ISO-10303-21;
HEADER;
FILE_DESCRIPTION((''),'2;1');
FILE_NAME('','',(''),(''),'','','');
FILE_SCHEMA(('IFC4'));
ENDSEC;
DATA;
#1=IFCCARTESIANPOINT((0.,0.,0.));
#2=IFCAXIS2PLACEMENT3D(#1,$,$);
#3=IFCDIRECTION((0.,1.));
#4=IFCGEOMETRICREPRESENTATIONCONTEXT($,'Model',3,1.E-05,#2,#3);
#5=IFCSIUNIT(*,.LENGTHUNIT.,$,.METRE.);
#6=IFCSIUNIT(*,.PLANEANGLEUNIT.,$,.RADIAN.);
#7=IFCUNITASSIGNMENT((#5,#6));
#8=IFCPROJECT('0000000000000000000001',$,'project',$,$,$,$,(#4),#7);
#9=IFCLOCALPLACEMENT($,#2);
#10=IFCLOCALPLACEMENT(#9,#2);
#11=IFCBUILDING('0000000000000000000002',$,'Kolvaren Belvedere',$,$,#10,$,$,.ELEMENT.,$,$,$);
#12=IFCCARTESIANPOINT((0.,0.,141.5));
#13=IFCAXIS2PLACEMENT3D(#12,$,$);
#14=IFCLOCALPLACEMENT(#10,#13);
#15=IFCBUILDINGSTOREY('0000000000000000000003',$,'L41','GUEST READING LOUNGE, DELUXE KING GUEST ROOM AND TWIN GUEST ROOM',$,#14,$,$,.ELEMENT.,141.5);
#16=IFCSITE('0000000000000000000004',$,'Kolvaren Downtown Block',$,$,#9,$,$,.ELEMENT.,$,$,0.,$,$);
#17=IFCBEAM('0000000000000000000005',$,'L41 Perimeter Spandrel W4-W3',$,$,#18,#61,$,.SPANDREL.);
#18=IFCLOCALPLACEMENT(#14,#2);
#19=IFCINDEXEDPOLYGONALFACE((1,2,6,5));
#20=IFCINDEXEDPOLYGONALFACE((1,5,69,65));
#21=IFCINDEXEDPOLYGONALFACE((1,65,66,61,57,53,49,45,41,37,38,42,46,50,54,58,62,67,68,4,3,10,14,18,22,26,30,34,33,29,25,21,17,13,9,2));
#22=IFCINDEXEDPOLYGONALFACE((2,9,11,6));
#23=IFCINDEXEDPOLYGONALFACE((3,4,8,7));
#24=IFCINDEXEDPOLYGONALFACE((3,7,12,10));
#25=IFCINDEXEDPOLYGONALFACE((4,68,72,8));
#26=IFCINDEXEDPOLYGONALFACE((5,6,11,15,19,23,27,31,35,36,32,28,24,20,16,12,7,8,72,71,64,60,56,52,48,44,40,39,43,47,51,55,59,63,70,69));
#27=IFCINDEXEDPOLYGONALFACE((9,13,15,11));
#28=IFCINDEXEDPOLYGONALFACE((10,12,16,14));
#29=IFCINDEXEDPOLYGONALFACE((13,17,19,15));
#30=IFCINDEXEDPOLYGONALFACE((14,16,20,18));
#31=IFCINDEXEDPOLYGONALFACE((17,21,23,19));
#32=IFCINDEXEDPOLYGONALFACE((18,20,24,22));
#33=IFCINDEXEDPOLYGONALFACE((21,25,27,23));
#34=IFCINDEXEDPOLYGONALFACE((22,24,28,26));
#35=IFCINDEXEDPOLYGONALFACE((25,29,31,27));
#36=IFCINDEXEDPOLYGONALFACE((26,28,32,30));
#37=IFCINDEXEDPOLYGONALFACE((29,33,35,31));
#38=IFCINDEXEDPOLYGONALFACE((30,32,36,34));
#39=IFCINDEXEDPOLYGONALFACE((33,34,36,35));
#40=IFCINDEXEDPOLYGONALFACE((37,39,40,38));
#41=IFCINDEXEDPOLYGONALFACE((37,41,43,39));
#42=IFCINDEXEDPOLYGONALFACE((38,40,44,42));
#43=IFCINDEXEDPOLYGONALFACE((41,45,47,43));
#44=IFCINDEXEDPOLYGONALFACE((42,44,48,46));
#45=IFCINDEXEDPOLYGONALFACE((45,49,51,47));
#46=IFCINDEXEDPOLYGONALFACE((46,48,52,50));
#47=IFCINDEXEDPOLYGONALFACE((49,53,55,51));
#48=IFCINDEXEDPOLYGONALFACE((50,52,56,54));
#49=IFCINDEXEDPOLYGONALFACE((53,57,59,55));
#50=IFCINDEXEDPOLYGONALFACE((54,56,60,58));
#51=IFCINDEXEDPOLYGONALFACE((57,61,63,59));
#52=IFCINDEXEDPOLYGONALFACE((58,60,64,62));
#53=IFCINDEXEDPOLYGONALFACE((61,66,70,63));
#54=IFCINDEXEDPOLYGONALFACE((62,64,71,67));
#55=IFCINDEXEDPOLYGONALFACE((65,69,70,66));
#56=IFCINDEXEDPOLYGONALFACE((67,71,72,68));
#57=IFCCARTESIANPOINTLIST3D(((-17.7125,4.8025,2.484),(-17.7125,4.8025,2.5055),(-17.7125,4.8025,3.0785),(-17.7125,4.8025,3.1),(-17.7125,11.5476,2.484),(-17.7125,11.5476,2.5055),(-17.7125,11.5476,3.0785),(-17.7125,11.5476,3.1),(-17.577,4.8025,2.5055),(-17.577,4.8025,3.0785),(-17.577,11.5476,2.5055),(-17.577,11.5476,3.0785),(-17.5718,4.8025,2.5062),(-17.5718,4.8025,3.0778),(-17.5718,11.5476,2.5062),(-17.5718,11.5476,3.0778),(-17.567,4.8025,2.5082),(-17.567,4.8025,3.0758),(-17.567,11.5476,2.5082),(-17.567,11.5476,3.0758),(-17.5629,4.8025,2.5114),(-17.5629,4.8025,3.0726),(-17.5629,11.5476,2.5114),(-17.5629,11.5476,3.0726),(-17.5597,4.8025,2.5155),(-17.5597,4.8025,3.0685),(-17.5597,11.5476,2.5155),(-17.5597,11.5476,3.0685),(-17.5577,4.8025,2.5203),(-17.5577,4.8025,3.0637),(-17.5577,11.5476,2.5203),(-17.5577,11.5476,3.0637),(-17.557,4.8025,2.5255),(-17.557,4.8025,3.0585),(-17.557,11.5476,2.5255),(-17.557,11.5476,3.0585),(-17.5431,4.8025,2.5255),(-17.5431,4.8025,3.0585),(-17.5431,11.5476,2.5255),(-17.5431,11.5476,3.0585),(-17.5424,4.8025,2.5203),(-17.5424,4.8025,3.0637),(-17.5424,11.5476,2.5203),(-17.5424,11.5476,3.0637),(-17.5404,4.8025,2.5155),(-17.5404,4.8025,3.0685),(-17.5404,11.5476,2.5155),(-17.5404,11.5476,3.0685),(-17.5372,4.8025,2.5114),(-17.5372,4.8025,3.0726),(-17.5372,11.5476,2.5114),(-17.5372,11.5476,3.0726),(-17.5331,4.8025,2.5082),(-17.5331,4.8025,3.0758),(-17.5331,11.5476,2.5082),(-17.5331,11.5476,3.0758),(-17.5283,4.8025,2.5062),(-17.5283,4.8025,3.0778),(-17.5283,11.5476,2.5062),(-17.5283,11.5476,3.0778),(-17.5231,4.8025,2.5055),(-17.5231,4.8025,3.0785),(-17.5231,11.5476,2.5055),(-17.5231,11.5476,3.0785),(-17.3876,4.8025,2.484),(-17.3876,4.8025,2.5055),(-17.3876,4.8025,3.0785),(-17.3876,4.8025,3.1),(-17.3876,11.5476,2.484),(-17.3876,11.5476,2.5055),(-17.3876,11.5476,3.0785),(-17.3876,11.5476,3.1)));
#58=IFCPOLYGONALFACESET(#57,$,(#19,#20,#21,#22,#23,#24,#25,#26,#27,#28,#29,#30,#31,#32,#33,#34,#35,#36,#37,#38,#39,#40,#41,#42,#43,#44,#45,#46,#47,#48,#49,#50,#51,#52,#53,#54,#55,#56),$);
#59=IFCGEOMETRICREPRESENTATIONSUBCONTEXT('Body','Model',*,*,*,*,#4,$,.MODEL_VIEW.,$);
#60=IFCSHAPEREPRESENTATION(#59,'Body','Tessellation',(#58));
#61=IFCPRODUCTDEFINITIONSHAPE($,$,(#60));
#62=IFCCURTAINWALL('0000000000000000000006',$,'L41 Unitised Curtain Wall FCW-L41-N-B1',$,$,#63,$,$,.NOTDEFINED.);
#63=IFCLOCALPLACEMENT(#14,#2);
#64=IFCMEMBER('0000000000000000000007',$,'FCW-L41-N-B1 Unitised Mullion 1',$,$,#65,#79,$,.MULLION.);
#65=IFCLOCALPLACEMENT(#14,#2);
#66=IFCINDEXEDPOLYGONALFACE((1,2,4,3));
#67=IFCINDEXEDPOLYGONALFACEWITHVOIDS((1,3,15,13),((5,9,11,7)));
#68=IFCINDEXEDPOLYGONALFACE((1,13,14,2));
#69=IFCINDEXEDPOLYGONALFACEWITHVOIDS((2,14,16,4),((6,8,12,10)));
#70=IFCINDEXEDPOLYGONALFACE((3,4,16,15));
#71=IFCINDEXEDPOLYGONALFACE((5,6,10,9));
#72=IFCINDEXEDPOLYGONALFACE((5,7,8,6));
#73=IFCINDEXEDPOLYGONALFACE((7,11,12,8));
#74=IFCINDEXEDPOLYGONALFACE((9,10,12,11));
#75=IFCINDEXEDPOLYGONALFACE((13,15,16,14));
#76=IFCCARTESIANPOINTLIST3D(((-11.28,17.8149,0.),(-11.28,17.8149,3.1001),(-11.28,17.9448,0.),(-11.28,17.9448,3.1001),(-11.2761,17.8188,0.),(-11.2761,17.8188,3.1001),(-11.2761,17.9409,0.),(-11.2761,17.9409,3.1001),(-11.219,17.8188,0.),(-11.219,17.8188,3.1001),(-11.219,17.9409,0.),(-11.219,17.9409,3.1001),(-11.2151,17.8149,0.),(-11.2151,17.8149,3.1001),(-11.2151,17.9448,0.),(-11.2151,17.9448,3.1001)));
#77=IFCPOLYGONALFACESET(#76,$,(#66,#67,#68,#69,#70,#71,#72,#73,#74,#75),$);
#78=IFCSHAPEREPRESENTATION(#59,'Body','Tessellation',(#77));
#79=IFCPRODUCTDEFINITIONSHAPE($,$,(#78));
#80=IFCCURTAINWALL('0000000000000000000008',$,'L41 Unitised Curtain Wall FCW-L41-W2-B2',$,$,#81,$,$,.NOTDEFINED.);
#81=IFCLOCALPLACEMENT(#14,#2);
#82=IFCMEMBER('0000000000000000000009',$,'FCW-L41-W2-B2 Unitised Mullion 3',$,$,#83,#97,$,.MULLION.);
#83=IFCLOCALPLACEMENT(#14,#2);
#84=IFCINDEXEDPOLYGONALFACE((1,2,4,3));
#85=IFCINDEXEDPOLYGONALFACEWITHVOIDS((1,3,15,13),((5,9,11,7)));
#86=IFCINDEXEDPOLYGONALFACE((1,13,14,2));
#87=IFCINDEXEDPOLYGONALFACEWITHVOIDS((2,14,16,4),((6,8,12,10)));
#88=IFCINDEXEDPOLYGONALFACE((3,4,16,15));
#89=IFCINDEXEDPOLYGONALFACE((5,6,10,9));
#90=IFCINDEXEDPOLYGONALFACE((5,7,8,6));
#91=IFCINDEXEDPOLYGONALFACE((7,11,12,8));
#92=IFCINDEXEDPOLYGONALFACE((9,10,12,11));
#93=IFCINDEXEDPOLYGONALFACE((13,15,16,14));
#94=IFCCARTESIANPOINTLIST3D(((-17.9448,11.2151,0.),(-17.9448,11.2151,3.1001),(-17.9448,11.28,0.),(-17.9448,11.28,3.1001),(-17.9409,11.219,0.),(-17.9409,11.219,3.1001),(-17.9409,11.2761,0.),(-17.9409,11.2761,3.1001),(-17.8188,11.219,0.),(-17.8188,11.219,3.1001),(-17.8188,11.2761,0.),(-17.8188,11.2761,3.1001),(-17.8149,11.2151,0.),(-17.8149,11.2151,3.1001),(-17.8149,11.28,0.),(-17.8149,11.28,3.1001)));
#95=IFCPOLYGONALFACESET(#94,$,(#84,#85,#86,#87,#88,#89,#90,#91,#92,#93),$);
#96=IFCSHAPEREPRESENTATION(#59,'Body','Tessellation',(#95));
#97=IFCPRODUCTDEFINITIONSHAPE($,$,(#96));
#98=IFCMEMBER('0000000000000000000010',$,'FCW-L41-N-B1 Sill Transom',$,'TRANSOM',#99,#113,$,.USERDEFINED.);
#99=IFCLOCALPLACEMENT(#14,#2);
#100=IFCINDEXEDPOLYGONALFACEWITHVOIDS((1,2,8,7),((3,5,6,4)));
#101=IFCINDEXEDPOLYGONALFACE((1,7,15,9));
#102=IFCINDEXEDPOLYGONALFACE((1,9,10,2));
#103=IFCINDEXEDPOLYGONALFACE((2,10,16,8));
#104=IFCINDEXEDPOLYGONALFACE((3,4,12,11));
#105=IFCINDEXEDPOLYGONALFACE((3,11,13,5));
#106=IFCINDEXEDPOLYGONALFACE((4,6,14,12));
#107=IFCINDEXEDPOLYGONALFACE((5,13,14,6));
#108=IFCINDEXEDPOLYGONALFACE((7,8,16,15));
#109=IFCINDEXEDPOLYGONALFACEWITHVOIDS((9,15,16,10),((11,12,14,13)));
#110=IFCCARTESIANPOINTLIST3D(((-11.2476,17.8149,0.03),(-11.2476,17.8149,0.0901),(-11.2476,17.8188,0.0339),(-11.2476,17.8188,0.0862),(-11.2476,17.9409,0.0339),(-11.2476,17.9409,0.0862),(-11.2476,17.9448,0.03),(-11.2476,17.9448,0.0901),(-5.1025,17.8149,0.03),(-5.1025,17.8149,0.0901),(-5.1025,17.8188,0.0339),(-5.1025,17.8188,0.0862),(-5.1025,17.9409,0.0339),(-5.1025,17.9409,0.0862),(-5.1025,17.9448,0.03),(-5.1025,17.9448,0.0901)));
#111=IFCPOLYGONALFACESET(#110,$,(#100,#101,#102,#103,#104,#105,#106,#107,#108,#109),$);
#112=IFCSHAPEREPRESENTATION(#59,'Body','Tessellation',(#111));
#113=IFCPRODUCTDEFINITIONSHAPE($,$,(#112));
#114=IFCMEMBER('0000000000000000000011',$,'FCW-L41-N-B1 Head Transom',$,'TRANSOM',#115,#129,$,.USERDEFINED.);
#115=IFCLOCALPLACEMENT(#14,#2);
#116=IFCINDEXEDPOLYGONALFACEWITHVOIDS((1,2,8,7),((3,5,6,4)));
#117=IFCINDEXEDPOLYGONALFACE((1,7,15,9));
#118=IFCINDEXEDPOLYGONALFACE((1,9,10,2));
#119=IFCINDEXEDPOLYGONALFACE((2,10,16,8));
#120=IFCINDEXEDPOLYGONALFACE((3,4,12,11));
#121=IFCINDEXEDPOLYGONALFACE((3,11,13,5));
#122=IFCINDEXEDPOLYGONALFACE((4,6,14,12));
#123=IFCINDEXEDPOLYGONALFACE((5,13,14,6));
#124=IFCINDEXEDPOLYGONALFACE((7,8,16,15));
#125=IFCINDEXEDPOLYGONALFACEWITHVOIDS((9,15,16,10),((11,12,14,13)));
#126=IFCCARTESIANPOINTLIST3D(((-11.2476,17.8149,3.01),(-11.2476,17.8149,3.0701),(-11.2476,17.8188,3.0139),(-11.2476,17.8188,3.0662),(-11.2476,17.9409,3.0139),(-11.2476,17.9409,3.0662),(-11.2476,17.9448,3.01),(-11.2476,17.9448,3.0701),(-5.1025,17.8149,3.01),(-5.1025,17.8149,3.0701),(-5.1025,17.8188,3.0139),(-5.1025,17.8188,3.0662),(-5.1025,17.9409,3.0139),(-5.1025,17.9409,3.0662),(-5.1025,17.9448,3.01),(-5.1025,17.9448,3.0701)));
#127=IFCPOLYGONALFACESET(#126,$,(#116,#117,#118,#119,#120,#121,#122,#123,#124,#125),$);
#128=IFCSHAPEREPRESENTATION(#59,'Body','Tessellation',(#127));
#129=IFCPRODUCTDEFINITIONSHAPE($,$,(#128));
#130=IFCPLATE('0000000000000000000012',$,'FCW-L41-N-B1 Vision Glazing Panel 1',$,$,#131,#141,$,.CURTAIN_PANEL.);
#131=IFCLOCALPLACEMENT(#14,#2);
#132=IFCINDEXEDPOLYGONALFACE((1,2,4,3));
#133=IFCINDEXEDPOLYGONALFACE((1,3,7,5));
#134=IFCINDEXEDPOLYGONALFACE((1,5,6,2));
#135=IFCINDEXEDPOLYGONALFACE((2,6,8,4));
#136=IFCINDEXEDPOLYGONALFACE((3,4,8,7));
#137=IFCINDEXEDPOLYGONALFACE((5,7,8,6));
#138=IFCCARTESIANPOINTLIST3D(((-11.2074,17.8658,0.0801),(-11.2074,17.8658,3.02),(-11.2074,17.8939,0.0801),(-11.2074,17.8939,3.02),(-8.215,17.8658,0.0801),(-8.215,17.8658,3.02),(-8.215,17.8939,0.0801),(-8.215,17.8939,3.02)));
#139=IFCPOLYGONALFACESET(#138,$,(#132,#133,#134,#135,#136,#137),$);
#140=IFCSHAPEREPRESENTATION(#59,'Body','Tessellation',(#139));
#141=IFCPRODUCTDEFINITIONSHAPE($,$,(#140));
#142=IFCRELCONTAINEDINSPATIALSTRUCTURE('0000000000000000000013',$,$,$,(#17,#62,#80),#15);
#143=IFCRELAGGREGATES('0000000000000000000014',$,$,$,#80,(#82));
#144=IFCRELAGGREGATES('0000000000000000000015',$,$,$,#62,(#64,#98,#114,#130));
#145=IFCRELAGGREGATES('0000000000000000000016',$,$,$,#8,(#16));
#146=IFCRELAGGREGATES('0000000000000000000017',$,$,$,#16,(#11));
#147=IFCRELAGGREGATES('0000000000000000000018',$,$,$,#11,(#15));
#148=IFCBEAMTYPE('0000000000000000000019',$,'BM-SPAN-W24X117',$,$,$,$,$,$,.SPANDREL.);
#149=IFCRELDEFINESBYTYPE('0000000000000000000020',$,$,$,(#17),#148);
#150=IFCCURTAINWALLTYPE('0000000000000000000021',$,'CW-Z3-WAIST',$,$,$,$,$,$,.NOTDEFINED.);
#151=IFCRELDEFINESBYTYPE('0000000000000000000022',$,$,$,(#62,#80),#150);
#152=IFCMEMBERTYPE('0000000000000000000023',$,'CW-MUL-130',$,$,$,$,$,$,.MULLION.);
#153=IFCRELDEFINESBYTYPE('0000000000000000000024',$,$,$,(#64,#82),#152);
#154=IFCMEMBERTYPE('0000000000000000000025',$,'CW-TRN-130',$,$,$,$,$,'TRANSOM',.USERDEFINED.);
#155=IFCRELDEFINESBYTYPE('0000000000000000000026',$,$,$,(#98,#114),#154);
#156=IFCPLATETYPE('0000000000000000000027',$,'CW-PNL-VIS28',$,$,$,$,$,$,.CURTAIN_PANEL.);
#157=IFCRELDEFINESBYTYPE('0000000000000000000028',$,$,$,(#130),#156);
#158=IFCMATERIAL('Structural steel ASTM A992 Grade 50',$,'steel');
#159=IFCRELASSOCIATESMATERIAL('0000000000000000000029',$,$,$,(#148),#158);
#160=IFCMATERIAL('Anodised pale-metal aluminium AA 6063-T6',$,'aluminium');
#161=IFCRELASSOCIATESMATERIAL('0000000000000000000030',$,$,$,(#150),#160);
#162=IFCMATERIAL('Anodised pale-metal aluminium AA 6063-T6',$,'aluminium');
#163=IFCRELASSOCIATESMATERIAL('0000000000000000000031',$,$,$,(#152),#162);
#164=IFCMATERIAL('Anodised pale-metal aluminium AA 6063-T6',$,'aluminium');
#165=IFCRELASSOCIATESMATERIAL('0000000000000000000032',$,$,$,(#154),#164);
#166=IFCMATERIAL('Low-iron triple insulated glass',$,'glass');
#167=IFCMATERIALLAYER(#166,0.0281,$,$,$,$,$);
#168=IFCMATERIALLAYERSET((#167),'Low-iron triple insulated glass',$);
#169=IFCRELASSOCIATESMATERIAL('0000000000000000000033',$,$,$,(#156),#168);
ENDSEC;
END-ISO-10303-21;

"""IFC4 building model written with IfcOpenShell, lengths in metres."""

from ifc_helpers import new_model, si_unit, direction, frame, origin, origin_2d, place, context, subcontext, project, spatial, rectangle, hollow_rectangle, i_section, extrude, material, layer, layer_set, material_profile, profile_set, type_object, element, aggregate, save


model = new_model("IFC4")

# Units and contexts
model_context = context("Model", 3, precision=1e-05, world=origin(), true_north=direction((0.0, 1.0)))
body_context = subcontext(model_context, "Body", "Model", "MODEL_VIEW")
ifc_project = project(units=[si_unit("LENGTHUNIT", "METRE"), si_unit("PLANEANGLEUNIT", "RADIAN")], contexts=[model_context])

# Site, building, storey
site_placement = place(None, origin())
site = spatial("IfcSite", under=ifc_project, at=site_placement, Name="Kolvaren Downtown Block", CompositionType="ELEMENT", RefElevation=0.0)
building_placement = place(site_placement, origin())
building = spatial("IfcBuilding", under=site, at=building_placement, Name="Kolvaren Belvedere", CompositionType="ELEMENT")
storey_placement = place(building_placement, frame((0.0, 0.0, 141.5)))
storey = spatial("IfcBuildingStorey", under=building, at=storey_placement, Name="L41", Description="GUEST READING LOUNGE, DELUXE KING GUEST ROOM AND TWIN GUEST ROOM", CompositionType="ELEMENT", Elevation=141.5)

# Beam
ifc_material_1 = material(Name="Structural steel ASTM A992 Grade 50", Category="steel")
ifc_material_profile_1 = material_profile(ifc_material_1, i_section(OverallWidth=0.325, OverallDepth=0.616, WebThickness=0.0139, FlangeThickness=0.0215, FilletRadius=0.02, at=origin_2d()), Name="W24X117")
ifc_profile_set_1 = profile_set([ifc_material_profile_1], Name="Structural steel ASTM A992 Grade 50")
beam_type_1 = type_object("IfcBeamType", Name="BM-SPAN-W24X117", PredefinedType="SPANDREL", material=ifc_profile_set_1)
beam_1_placement = place(storey_placement, frame((-17.55, 11.5476, 2.792), z_axis=(0.0, -1.0, 0.0), x_axis=(1.0, 0.0, 0.0)))
element("IfcBeam", 1, at=beam_1_placement, inside=storey, type_object=beam_type_1, Name="L41 Perimeter Spandrel W4-W3", PredefinedType="SPANDREL", context=body_context, shape_type="SweptSolid", body=[
    extrude(i_section(OverallWidth=0.325, OverallDepth=0.616, WebThickness=0.0139, FlangeThickness=0.0215, FilletRadius=0.02, at=origin_2d()), origin(), (0.0, 0.0, 1.0), 6.7451),
])

# Curtain walls, members
ifc_material_2 = material(Name="Anodised pale-metal aluminium AA 6063-T6", Category="aluminium")
curtain_wall_type = type_object("IfcCurtainWallType", Name="CW-Z3-WAIST", PredefinedType="NOTDEFINED", material=ifc_material_2)
curtain_wall_1_placement = place(storey_placement, origin())
curtain_wall_1 = element("IfcCurtainWall", 2, at=curtain_wall_1_placement, inside=storey, type_object=curtain_wall_type, Name="L41 Unitised Curtain Wall FCW-L41-N-B1", PredefinedType="NOTDEFINED")
ifc_material_3 = material(Name="Anodised pale-metal aluminium AA 6063-T6", Category="aluminium")
ifc_material_profile_2 = material_profile(ifc_material_3, hollow_rectangle(XDim=0.0649, YDim=0.1299, WallThickness=0.0039, at=origin_2d()), Name="ALU-MUL-130X65")
ifc_profile_set_2 = profile_set([ifc_material_profile_2], Name="Anodised pale-metal aluminium AA 6063-T6")
member_type_1 = type_object("IfcMemberType", Name="CW-MUL-130", PredefinedType="MULLION", material=ifc_profile_set_2)
member_1_placement = place(storey_placement, frame((-11.2476, 17.8799, 0.0), z_axis=(0.0, 0.0, 1.0), x_axis=(1.0, 0.0, 0.0)))
member_1 = element("IfcMember", 3, at=member_1_placement, type_object=member_type_1, Name="FCW-L41-N-B1 Unitised Mullion 1", PredefinedType="MULLION", context=body_context, shape_type="SweptSolid", body=[
    extrude(hollow_rectangle(XDim=0.0649, YDim=0.1299, WallThickness=0.0039, at=origin_2d()), origin(), (0.0, 0.0, 1.0), 3.1001),
])
curtain_wall_2_placement = place(storey_placement, origin())
curtain_wall_2 = element("IfcCurtainWall", 4, at=curtain_wall_2_placement, inside=storey, type_object=curtain_wall_type, Name="L41 Unitised Curtain Wall FCW-L41-W2-B2", PredefinedType="NOTDEFINED")
member_2_placement = place(storey_placement, frame((-17.8799, 11.2476, 0.0), z_axis=(0.0, 0.0, 1.0), x_axis=(0.0, 1.0, 0.0)))
member_2 = element("IfcMember", 5, at=member_2_placement, type_object=member_type_1, Name="FCW-L41-W2-B2 Unitised Mullion 3", PredefinedType="MULLION", context=body_context, shape_type="SweptSolid", body=[
    extrude(hollow_rectangle(XDim=0.0649, YDim=0.1299, WallThickness=0.0039, at=origin_2d()), origin(), (0.0, 0.0, 1.0), 3.1001),
])
aggregate(curtain_wall_2, [member_2])

# Members
ifc_material_4 = material(Name="Anodised pale-metal aluminium AA 6063-T6", Category="aluminium")
ifc_material_profile_3 = material_profile(ifc_material_4, hollow_rectangle(XDim=0.0601, YDim=0.1299, WallThickness=0.0039, at=origin_2d()), Name="ALU-TRN-130X60")
ifc_profile_set_3 = profile_set([ifc_material_profile_3], Name="Anodised pale-metal aluminium AA 6063-T6")
member_type_2 = type_object("IfcMemberType", Name="CW-TRN-130", ElementType="TRANSOM", PredefinedType="USERDEFINED", material=ifc_profile_set_3)
member_3_placement = place(storey_placement, frame((-11.2476, 17.8799, 0.0601), z_axis=(1.0, 0.0, 0.0), x_axis=(0.0, 0.0, 1.0)))
member_3 = element("IfcMember", 6, at=member_3_placement, type_object=member_type_2, Name="FCW-L41-N-B1 Sill Transom", ObjectType="TRANSOM", PredefinedType="USERDEFINED", context=body_context, shape_type="SweptSolid", body=[
    extrude(hollow_rectangle(XDim=0.0601, YDim=0.1299, WallThickness=0.0039, at=origin_2d()), origin(), (0.0, 0.0, 1.0), 6.145),
])
member_4_placement = place(storey_placement, frame((-11.2476, 17.8799, 3.04), z_axis=(1.0, 0.0, 0.0), x_axis=(0.0, 0.0, 1.0)))
member_4 = element("IfcMember", 7, at=member_4_placement, type_object=member_type_2, Name="FCW-L41-N-B1 Head Transom", ObjectType="TRANSOM", PredefinedType="USERDEFINED", context=body_context, shape_type="SweptSolid", body=[
    extrude(hollow_rectangle(XDim=0.0601, YDim=0.1299, WallThickness=0.0039, at=origin_2d()), origin(), (0.0, 0.0, 1.0), 6.145),
])

# Plate
ifc_material_5 = material(Name="Low-iron triple insulated glass", Category="glass")
ifc_layer_1 = layer(ifc_material_5, 0.0281)
ifc_layer_set_1 = layer_set([ifc_layer_1], Name="Low-iron triple insulated glass")
plate_type = type_object("IfcPlateType", Name="CW-PNL-VIS28", PredefinedType="CURTAIN_PANEL", material=ifc_layer_set_1)
plate_placement = place(storey_placement, frame((-9.7112, 17.8799, 0.0801), z_axis=(0.0, 0.0, 1.0), x_axis=(1.0, 0.0, 0.0)))
plate = element("IfcPlate", 8, at=plate_placement, type_object=plate_type, Name="FCW-L41-N-B1 Vision Glazing Panel 1", PredefinedType="CURTAIN_PANEL", context=body_context, shape_type="SweptSolid", body=[
    extrude(rectangle(XDim=2.9924, YDim=0.0281, at=origin_2d()), origin(), (0.0, 0.0, 1.0), 2.9399),
])
aggregate(curtain_wall_1, [member_1, member_3, member_4, plate])

save(model, "model.ifc")
